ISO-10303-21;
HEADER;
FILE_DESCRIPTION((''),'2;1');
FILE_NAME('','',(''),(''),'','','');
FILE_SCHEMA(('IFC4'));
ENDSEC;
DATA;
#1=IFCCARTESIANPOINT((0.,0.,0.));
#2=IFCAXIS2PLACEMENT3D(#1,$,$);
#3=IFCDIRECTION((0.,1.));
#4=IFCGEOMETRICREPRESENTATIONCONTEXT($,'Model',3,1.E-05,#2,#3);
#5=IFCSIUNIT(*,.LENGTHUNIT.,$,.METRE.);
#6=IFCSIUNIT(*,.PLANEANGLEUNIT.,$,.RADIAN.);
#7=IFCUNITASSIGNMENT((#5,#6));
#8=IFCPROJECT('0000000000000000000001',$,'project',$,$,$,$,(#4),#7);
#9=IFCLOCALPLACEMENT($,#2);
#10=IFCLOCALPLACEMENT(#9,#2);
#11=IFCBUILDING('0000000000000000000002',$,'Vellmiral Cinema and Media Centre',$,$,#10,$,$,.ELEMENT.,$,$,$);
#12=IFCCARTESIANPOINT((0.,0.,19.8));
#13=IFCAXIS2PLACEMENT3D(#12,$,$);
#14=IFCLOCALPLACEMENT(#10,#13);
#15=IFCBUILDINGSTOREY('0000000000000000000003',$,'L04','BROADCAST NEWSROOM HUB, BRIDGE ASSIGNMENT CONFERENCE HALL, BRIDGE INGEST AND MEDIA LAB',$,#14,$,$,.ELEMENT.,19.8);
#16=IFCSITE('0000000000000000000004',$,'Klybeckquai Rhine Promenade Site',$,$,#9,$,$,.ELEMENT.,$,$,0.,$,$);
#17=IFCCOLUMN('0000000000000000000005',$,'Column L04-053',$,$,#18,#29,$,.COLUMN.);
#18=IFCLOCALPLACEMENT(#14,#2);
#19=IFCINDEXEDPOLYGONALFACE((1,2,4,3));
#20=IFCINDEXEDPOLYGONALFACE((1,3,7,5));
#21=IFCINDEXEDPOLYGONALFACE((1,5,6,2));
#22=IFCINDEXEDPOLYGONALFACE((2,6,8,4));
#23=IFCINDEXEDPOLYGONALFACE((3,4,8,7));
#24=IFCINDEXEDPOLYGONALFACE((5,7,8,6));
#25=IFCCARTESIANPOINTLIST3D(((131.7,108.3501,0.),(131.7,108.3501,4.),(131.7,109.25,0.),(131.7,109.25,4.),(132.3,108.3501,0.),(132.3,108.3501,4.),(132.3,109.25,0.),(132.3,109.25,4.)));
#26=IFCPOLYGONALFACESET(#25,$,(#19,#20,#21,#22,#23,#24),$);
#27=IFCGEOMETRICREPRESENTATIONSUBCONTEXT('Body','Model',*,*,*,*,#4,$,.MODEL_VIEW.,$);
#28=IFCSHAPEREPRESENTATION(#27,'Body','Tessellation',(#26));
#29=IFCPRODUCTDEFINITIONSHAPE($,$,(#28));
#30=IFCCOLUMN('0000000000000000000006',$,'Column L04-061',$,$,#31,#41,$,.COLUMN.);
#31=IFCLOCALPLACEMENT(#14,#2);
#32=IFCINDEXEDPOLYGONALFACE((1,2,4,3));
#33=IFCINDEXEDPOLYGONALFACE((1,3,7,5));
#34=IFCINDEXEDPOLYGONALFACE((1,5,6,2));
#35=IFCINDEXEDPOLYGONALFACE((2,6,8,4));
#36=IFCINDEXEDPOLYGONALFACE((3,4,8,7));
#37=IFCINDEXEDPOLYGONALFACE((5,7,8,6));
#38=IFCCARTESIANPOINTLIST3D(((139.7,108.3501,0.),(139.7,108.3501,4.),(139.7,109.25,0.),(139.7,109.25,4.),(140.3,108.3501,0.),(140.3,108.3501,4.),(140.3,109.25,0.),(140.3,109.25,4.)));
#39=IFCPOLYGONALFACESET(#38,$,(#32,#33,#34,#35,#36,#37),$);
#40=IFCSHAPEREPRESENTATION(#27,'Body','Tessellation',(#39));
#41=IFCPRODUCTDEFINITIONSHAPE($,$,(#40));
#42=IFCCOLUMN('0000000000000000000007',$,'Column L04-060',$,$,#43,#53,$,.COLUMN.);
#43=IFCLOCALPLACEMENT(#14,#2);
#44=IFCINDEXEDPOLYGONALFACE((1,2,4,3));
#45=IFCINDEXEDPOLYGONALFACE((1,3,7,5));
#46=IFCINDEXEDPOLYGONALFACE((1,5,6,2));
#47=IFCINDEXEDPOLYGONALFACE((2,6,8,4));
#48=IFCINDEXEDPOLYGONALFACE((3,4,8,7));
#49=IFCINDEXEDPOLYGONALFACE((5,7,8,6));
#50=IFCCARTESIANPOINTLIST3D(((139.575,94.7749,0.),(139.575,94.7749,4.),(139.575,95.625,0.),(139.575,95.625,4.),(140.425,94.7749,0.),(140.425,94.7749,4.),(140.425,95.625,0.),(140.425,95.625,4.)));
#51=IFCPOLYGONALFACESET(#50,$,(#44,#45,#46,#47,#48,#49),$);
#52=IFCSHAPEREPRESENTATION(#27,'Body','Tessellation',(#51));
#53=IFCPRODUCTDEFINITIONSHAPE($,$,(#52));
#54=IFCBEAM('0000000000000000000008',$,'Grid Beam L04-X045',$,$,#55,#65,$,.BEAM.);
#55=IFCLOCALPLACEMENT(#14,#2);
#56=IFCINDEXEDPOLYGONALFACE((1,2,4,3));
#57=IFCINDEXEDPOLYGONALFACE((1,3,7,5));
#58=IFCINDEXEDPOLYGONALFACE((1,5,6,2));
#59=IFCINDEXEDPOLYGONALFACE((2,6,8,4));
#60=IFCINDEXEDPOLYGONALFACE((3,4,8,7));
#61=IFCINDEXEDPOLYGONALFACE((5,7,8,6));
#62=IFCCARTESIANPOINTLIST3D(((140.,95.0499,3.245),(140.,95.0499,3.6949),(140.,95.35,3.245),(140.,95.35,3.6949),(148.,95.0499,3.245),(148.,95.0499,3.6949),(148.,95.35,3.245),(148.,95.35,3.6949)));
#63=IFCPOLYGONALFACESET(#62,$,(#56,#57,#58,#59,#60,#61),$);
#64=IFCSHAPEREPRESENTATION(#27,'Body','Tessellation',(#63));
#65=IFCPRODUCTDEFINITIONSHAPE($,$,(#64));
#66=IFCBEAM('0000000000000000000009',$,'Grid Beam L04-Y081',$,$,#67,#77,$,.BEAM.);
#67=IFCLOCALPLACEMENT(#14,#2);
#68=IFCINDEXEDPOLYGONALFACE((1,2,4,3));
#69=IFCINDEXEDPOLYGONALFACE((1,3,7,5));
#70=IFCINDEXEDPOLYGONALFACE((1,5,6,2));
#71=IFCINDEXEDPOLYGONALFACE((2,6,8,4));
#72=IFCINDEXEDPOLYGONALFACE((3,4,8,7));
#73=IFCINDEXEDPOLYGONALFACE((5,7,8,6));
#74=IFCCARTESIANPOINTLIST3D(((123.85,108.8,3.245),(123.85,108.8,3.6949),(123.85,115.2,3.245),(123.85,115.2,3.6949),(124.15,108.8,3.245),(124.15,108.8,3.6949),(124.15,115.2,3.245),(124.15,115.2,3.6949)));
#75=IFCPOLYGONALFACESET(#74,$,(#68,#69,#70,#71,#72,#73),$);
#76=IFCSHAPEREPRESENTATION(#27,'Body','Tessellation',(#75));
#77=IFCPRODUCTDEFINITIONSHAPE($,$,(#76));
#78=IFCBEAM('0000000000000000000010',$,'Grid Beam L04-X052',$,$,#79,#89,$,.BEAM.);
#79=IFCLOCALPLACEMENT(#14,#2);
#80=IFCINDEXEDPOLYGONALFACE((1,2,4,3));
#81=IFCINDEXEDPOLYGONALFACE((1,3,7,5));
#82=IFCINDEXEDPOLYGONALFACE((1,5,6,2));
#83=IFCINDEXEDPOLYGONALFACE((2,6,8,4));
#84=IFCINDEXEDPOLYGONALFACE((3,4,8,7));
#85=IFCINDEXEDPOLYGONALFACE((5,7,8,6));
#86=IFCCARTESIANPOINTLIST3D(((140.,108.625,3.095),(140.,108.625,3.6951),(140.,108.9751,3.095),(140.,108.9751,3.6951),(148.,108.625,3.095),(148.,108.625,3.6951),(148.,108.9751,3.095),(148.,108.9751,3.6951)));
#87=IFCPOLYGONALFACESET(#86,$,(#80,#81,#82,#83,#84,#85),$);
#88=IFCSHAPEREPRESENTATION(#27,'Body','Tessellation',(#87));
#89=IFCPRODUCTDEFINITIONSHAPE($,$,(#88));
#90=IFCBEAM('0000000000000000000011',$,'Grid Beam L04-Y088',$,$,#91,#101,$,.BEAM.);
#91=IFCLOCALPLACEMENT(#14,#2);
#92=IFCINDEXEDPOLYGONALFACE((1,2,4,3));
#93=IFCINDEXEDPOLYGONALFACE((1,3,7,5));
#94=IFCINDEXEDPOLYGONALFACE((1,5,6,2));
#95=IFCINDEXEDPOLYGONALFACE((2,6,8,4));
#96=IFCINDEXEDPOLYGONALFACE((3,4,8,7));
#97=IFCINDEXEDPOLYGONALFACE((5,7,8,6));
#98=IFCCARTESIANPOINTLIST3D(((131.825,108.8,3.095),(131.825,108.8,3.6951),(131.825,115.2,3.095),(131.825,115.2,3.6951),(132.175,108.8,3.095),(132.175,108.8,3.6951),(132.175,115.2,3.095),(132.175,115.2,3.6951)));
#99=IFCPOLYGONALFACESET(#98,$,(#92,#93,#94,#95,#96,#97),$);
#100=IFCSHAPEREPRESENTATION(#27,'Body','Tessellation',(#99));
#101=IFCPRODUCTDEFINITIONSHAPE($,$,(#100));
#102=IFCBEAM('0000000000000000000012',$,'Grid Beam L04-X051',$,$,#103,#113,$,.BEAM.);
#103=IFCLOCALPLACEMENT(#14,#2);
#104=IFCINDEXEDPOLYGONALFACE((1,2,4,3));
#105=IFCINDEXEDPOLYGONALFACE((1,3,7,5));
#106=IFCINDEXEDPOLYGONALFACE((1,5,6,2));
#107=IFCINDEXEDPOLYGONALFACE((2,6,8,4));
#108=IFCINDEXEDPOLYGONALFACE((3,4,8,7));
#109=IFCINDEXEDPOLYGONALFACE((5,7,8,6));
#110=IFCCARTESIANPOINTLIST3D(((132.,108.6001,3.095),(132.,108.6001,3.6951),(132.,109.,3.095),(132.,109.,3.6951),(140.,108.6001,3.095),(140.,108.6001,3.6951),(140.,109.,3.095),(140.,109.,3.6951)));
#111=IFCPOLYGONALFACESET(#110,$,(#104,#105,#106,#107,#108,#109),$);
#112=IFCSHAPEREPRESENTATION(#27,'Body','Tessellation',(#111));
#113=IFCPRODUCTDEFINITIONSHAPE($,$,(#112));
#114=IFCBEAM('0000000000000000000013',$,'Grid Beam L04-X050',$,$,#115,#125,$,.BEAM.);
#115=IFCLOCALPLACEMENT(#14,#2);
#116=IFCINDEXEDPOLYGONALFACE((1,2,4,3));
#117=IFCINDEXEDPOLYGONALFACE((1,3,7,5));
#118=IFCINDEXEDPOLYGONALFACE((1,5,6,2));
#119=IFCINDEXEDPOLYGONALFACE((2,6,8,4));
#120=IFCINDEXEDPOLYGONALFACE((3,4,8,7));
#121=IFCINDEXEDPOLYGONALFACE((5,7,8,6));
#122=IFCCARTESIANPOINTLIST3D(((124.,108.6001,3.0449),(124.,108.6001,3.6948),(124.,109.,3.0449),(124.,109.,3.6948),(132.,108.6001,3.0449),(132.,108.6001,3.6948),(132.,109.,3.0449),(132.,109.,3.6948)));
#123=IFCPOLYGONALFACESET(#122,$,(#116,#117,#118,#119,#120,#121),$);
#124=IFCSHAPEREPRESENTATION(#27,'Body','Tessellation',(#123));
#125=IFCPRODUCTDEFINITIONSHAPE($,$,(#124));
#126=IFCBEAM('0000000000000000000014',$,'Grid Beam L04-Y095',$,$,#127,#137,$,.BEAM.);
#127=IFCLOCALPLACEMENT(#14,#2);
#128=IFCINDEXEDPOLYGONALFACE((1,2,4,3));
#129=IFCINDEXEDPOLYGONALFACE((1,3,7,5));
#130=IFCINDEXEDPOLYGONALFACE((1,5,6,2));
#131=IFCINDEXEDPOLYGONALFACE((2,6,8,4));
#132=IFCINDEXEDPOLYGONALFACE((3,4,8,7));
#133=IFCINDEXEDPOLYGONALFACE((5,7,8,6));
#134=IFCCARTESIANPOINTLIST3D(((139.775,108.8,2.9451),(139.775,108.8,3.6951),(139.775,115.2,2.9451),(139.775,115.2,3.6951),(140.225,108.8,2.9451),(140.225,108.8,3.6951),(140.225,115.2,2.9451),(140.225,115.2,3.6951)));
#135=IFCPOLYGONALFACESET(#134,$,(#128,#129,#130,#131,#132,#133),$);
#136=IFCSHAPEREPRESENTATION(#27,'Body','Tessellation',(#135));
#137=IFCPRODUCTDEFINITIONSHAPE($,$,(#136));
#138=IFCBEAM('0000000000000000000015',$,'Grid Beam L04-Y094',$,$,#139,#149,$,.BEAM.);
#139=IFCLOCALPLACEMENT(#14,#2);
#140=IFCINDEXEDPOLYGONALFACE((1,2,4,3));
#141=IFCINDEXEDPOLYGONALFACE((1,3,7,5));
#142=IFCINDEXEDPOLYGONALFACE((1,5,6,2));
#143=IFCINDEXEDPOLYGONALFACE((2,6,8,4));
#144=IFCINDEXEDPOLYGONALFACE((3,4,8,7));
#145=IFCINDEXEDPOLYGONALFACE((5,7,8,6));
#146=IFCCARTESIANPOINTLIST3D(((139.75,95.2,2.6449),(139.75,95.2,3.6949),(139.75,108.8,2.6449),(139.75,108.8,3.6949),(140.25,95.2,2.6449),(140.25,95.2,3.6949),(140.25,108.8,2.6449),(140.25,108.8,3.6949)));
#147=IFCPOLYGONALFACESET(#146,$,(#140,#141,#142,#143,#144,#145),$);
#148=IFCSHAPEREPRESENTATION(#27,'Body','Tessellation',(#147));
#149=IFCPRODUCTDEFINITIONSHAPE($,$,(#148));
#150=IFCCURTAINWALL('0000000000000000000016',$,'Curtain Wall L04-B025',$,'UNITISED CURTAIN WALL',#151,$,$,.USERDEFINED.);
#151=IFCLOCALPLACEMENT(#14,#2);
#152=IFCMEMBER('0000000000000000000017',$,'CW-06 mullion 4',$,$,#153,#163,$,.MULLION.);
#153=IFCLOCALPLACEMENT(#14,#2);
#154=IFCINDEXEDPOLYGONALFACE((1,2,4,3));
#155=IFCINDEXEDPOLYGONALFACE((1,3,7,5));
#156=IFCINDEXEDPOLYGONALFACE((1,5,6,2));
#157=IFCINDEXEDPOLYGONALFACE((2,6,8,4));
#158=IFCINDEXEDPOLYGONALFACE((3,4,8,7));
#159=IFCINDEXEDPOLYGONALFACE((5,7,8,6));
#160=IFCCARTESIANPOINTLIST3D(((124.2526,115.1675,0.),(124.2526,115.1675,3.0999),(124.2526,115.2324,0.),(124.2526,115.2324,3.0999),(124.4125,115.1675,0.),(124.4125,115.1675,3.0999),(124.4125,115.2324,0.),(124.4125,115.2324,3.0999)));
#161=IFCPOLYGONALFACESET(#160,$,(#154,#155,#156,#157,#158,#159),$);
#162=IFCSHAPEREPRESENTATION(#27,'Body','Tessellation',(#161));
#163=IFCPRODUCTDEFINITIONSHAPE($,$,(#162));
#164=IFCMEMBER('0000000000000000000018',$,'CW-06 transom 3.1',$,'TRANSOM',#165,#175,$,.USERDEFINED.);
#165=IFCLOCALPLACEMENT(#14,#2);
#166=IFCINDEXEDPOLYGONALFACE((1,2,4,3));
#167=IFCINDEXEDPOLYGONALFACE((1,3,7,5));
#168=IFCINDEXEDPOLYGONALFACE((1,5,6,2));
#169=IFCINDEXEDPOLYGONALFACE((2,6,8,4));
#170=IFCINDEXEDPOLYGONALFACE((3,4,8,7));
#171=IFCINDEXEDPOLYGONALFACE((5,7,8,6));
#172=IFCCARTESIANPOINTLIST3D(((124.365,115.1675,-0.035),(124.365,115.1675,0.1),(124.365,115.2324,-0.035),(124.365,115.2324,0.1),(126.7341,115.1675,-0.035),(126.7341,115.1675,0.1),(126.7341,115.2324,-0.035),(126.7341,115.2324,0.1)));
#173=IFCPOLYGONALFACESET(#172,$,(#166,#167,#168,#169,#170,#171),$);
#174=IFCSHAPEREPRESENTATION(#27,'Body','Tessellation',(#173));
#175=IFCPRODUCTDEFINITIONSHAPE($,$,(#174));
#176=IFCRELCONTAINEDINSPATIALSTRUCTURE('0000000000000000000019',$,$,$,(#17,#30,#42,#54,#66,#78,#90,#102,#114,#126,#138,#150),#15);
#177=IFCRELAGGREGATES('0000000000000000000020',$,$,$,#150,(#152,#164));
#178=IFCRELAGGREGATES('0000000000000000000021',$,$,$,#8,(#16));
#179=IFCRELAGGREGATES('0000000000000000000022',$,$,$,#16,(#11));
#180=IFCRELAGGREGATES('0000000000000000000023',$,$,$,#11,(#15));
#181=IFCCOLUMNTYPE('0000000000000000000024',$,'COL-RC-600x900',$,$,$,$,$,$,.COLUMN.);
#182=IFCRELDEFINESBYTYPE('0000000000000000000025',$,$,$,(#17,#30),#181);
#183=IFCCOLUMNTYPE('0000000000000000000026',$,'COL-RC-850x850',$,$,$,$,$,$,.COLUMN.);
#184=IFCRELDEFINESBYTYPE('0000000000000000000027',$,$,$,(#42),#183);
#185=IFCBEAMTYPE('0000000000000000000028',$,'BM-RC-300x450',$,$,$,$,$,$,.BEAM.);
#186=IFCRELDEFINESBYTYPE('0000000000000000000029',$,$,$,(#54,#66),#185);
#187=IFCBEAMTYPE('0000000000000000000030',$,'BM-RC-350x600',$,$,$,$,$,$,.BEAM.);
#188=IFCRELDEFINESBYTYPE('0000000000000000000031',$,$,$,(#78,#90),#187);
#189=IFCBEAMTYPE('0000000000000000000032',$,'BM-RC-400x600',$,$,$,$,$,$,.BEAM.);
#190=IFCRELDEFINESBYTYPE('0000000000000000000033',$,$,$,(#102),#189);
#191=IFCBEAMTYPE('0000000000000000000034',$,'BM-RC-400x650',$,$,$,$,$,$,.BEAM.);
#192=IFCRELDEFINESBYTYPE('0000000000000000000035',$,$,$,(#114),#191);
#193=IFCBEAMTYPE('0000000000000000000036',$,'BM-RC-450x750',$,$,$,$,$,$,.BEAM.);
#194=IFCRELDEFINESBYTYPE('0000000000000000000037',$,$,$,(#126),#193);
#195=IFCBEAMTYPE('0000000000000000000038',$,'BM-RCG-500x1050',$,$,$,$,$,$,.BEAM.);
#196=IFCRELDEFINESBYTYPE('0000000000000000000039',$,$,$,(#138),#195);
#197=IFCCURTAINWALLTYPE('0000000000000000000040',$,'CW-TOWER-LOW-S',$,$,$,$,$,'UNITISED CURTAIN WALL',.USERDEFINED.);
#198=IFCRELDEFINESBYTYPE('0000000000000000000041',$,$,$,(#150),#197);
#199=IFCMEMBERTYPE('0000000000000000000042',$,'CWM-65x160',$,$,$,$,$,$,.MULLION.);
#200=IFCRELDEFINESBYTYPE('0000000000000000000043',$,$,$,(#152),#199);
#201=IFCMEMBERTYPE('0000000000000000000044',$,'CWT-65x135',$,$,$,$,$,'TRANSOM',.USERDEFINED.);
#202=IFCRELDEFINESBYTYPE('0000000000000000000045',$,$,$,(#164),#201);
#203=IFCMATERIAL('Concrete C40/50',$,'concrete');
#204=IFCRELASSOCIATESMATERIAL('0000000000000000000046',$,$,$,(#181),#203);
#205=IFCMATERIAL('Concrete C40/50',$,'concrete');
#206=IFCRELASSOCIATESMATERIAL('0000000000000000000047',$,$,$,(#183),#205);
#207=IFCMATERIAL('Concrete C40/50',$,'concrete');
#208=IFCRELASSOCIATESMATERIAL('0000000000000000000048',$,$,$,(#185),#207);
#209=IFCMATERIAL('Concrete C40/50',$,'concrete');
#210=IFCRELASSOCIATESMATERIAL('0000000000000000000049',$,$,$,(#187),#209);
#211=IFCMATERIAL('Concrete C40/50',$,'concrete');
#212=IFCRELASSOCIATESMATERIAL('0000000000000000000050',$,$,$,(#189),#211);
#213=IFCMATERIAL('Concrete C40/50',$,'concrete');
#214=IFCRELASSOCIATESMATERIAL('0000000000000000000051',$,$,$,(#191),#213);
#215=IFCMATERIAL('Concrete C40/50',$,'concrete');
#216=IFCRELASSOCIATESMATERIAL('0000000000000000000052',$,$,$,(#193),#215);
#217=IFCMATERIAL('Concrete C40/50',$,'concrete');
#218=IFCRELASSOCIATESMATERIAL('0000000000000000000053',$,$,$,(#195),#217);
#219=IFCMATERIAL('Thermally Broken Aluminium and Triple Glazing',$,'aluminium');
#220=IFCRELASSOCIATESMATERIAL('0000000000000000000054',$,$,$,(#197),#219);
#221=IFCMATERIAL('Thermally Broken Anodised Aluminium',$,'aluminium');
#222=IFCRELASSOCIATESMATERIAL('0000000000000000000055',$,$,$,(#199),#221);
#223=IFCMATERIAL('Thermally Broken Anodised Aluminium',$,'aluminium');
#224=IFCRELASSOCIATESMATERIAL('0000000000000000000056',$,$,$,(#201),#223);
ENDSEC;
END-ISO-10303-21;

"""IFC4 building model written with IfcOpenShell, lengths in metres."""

from ifc_helpers import new_model, si_unit, direction, frame, origin, origin_2d, place, context, subcontext, project, spatial, rectangle, extrude, material, material_profile, profile_set, type_object, element, aggregate, save


model = new_model("IFC4")

# Units and contexts
model_context = context("Model", 3, precision=1e-05, world=origin(), true_north=direction((0.0, 1.0)))
body_context = subcontext(model_context, "Body", "Model", "MODEL_VIEW")
ifc_project = project(units=[si_unit("LENGTHUNIT", "METRE"), si_unit("PLANEANGLEUNIT", "RADIAN")], contexts=[model_context])

# Site, building, storey
site_placement = place(None, origin())
site = spatial("IfcSite", under=ifc_project, at=site_placement, Name="Klybeckquai Rhine Promenade Site", CompositionType="ELEMENT", RefElevation=0.0)
building_placement = place(site_placement, origin())
building = spatial("IfcBuilding", under=site, at=building_placement, Name="Vellmiral Cinema and Media Centre", CompositionType="ELEMENT")
storey_placement = place(building_placement, frame((0.0, 0.0, 19.8)))
storey = spatial("IfcBuildingStorey", under=building, at=storey_placement, Name="L04", Description="BROADCAST NEWSROOM HUB, BRIDGE ASSIGNMENT CONFERENCE HALL, BRIDGE INGEST AND MEDIA LAB", CompositionType="ELEMENT", Elevation=19.8)

# Columns
ifc_material_1 = material(Name="Concrete C40/50", Category="concrete")
ifc_material_profile_1 = material_profile(ifc_material_1, rectangle(XDim=0.6001, YDim=0.8999, at=origin_2d()), Name="RC 600x900")
ifc_profile_set_1 = profile_set([ifc_material_profile_1], Name="Concrete C40/50")
column_type_1 = type_object("IfcColumnType", Name="COL-RC-600x900", PredefinedType="COLUMN", material=ifc_profile_set_1)
for number, where, z_axis, x_axis, name in (
    (1, (132.0, 108.8, 0.0), (0.0, 0.0, 1.0), (1.0, 0.0, 0.0), "Column L04-053"),
    (2, (140.0, 108.8, 0.0), (0.0, 0.0, 1.0), (1.0, 0.0, 0.0), "Column L04-061"),
):
    element("IfcColumn", number, at=place(storey_placement, frame(where, z_axis=z_axis, x_axis=x_axis)), inside=storey, type_object=column_type_1, Name=name, PredefinedType="COLUMN", context=body_context, shape_type="SweptSolid", body=[
        extrude(rectangle(XDim=0.6001, YDim=0.8999, at=origin_2d()), origin(), (0.0, 0.0, 1.0), 4.0),
    ])
ifc_material_2 = material(Name="Concrete C40/50", Category="concrete")
ifc_material_profile_2 = material_profile(ifc_material_2, rectangle(XDim=0.8501, YDim=0.8501, at=origin_2d()), Name="RC 850x850")
ifc_profile_set_2 = profile_set([ifc_material_profile_2], Name="Concrete C40/50")
column_type_2 = type_object("IfcColumnType", Name="COL-RC-850x850", PredefinedType="COLUMN", material=ifc_profile_set_2)
column_placement = place(storey_placement, frame((140.0, 95.2, 0.0), z_axis=(0.0, 0.0, 1.0), x_axis=(1.0, 0.0, 0.0)))
element("IfcColumn", 3, at=column_placement, inside=storey, type_object=column_type_2, Name="Column L04-060", PredefinedType="COLUMN", context=body_context, shape_type="SweptSolid", body=[
    extrude(rectangle(XDim=0.8501, YDim=0.8501, at=origin_2d()), origin(), (0.0, 0.0, 1.0), 4.0),
])

# Beams
ifc_material_3 = material(Name="Concrete C40/50", Category="concrete")
ifc_material_profile_3 = material_profile(ifc_material_3, rectangle(XDim=0.3, YDim=0.45, at=origin_2d()), Name="RC 300x450")
ifc_profile_set_3 = profile_set([ifc_material_profile_3], Name="Concrete C40/50")
beam_type_1 = type_object("IfcBeamType", Name="BM-RC-300x450", PredefinedType="BEAM", material=ifc_profile_set_3)
beam_1_placement = place(storey_placement, frame((140.0, 95.2, 3.47), z_axis=(1.0, 0.0, 0.0), x_axis=(0.0, 1.0, 0.0)))
element("IfcBeam", 4, at=beam_1_placement, inside=storey, type_object=beam_type_1, Name="Grid Beam L04-X045", PredefinedType="BEAM", context=body_context, shape_type="SweptSolid", body=[
    extrude(rectangle(XDim=0.3, YDim=0.45, at=origin_2d()), origin(), (0.0, 0.0, 1.0), 8.0),
])
beam_2_placement = place(storey_placement, frame((124.0, 108.8, 3.47), z_axis=(0.0, 1.0, 0.0), x_axis=(-1.0, 0.0, 0.0)))
element("IfcBeam", 5, at=beam_2_placement, inside=storey, type_object=beam_type_1, Name="Grid Beam L04-Y081", PredefinedType="BEAM", context=body_context, shape_type="SweptSolid", body=[
    extrude(rectangle(XDim=0.3, YDim=0.45, at=origin_2d()), origin(), (0.0, 0.0, 1.0), 6.3999),
])
ifc_material_4 = material(Name="Concrete C40/50", Category="concrete")
ifc_material_profile_4 = material_profile(ifc_material_4, rectangle(XDim=0.3501, YDim=0.6001, at=origin_2d()), Name="RC 350x600")
ifc_profile_set_4 = profile_set([ifc_material_profile_4], Name="Concrete C40/50")
beam_type_2 = type_object("IfcBeamType", Name="BM-RC-350x600", PredefinedType="BEAM", material=ifc_profile_set_4)
beam_3_placement = place(storey_placement, frame((140.0, 108.8, 3.395), z_axis=(1.0, 0.0, 0.0), x_axis=(0.0, 1.0, 0.0)))
element("IfcBeam", 6, at=beam_3_placement, inside=storey, type_object=beam_type_2, Name="Grid Beam L04-X052", PredefinedType="BEAM", context=body_context, shape_type="SweptSolid", body=[
    extrude(rectangle(XDim=0.3501, YDim=0.6001, at=origin_2d()), origin(), (0.0, 0.0, 1.0), 8.0),
])
beam_4_placement = place(storey_placement, frame((132.0, 108.8, 3.395), z_axis=(0.0, 1.0, 0.0), x_axis=(-1.0, 0.0, 0.0)))
element("IfcBeam", 7, at=beam_4_placement, inside=storey, type_object=beam_type_2, Name="Grid Beam L04-Y088", PredefinedType="BEAM", context=body_context, shape_type="SweptSolid", body=[
    extrude(rectangle(XDim=0.3501, YDim=0.6001, at=origin_2d()), origin(), (0.0, 0.0, 1.0), 6.3999),
])
ifc_material_5 = material(Name="Concrete C40/50", Category="concrete")
ifc_material_profile_5 = material_profile(ifc_material_5, rectangle(XDim=0.3999, YDim=0.6001, at=origin_2d()), Name="RC 400x600")
ifc_profile_set_5 = profile_set([ifc_material_profile_5], Name="Concrete C40/50")
beam_type_3 = type_object("IfcBeamType", Name="BM-RC-400x600", PredefinedType="BEAM", material=ifc_profile_set_5)
beam_5_placement = place(storey_placement, frame((132.0, 108.8, 3.395), z_axis=(1.0, 0.0, 0.0), x_axis=(0.0, 1.0, 0.0)))
element("IfcBeam", 8, at=beam_5_placement, inside=storey, type_object=beam_type_3, Name="Grid Beam L04-X051", PredefinedType="BEAM", context=body_context, shape_type="SweptSolid", body=[
    extrude(rectangle(XDim=0.3999, YDim=0.6001, at=origin_2d()), origin(), (0.0, 0.0, 1.0), 8.0),
])
ifc_material_6 = material(Name="Concrete C40/50", Category="concrete")
ifc_material_profile_6 = material_profile(ifc_material_6, rectangle(XDim=0.3999, YDim=0.6499, at=origin_2d()), Name="RC 400x650")
ifc_profile_set_6 = profile_set([ifc_material_profile_6], Name="Concrete C40/50")
beam_type_4 = type_object("IfcBeamType", Name="BM-RC-400x650", PredefinedType="BEAM", material=ifc_profile_set_6)
beam_6_placement = place(storey_placement, frame((124.0, 108.8, 3.3699), z_axis=(1.0, 0.0, 0.0), x_axis=(0.0, 1.0, 0.0)))
element("IfcBeam", 9, at=beam_6_placement, inside=storey, type_object=beam_type_4, Name="Grid Beam L04-X050", PredefinedType="BEAM", context=body_context, shape_type="SweptSolid", body=[
    extrude(rectangle(XDim=0.3999, YDim=0.6499, at=origin_2d()), origin(), (0.0, 0.0, 1.0), 8.0),
])
ifc_material_7 = material(Name="Concrete C40/50", Category="concrete")
ifc_material_profile_7 = material_profile(ifc_material_7, rectangle(XDim=0.45, YDim=0.75, at=origin_2d()), Name="RC 450x750")
ifc_profile_set_7 = profile_set([ifc_material_profile_7], Name="Concrete C40/50")
beam_type_5 = type_object("IfcBeamType", Name="BM-RC-450x750", PredefinedType="BEAM", material=ifc_profile_set_7)
beam_7_placement = place(storey_placement, frame((140.0, 108.8, 3.3201), z_axis=(0.0, 1.0, 0.0), x_axis=(-1.0, 0.0, 0.0)))
element("IfcBeam", 10, at=beam_7_placement, inside=storey, type_object=beam_type_5, Name="Grid Beam L04-Y095", PredefinedType="BEAM", context=body_context, shape_type="SweptSolid", body=[
    extrude(rectangle(XDim=0.45, YDim=0.75, at=origin_2d()), origin(), (0.0, 0.0, 1.0), 6.3999),
])
ifc_material_8 = material(Name="Concrete C40/50", Category="concrete")
ifc_material_profile_8 = material_profile(ifc_material_8, rectangle(XDim=0.5, YDim=1.05, at=origin_2d()), Name="RC 500x1050")
ifc_profile_set_8 = profile_set([ifc_material_profile_8], Name="Concrete C40/50")
beam_type_6 = type_object("IfcBeamType", Name="BM-RCG-500x1050", PredefinedType="BEAM", material=ifc_profile_set_8)
beam_8_placement = place(storey_placement, frame((140.0, 95.2, 3.1699), z_axis=(0.0, 1.0, 0.0), x_axis=(-1.0, 0.0, 0.0)))
element("IfcBeam", 11, at=beam_8_placement, inside=storey, type_object=beam_type_6, Name="Grid Beam L04-Y094", PredefinedType="BEAM", context=body_context, shape_type="SweptSolid", body=[
    extrude(rectangle(XDim=0.5, YDim=1.05, at=origin_2d()), origin(), (0.0, 0.0, 1.0), 13.6001),
])

# Curtain wall, members
ifc_material_9 = material(Name="Thermally Broken Aluminium and Triple Glazing", Category="aluminium")
curtain_wall_type = type_object("IfcCurtainWallType", Name="CW-TOWER-LOW-S", ElementType="UNITISED CURTAIN WALL", PredefinedType="USERDEFINED", material=ifc_material_9)
curtain_wall_placement = place(storey_placement, origin())
curtain_wall = element("IfcCurtainWall", 12, at=curtain_wall_placement, inside=storey, type_object=curtain_wall_type, Name="Curtain Wall L04-B025", ObjectType="UNITISED CURTAIN WALL", PredefinedType="USERDEFINED")
ifc_material_10 = material(Name="Thermally Broken Anodised Aluminium", Category="aluminium")
ifc_material_profile_9 = material_profile(ifc_material_10, rectangle(XDim=0.0649, YDim=0.1599, at=origin_2d()), Name="MULL 65x160")
ifc_profile_set_9 = profile_set([ifc_material_profile_9], Name="Thermally Broken Anodised Aluminium")
member_type_1 = type_object("IfcMemberType", Name="CWM-65x160", PredefinedType="MULLION", material=ifc_profile_set_9)
member_1_placement = place(storey_placement, frame((124.3325, 115.2, 0.0), z_axis=(0.0, 0.0, 1.0), x_axis=(0.0, -1.0, 0.0)))
member_1 = element("IfcMember", 13, at=member_1_placement, type_object=member_type_1, Name="CW-06 mullion 4", PredefinedType="MULLION", context=body_context, shape_type="SweptSolid", body=[
    extrude(rectangle(XDim=0.0649, YDim=0.1599, at=origin_2d()), origin(), (0.0, 0.0, 1.0), 3.0999),
])
ifc_material_11 = material(Name="Thermally Broken Anodised Aluminium", Category="aluminium")
ifc_material_profile_10 = material_profile(ifc_material_11, rectangle(XDim=0.0649, YDim=0.135, at=origin_2d()), Name="MULL 65x135")
ifc_profile_set_10 = profile_set([ifc_material_profile_10], Name="Thermally Broken Anodised Aluminium")
member_type_2 = type_object("IfcMemberType", Name="CWT-65x135", ElementType="TRANSOM", PredefinedType="USERDEFINED", material=ifc_profile_set_10)
member_2_placement = place(storey_placement, frame((126.7341, 115.2, 0.0325), z_axis=(-1.0, 0.0, 0.0), x_axis=(0.0, -1.0, 0.0)))
member_2 = element("IfcMember", 14, at=member_2_placement, type_object=member_type_2, Name="CW-06 transom 3.1", ObjectType="TRANSOM", PredefinedType="USERDEFINED", context=body_context, shape_type="SweptSolid", body=[
    extrude(rectangle(XDim=0.0649, YDim=0.135, at=origin_2d()), origin(), (0.0, 0.0, 1.0), 2.3691),
])

aggregate(curtain_wall, [member_1, member_2])

save(model, "model.ifc")
